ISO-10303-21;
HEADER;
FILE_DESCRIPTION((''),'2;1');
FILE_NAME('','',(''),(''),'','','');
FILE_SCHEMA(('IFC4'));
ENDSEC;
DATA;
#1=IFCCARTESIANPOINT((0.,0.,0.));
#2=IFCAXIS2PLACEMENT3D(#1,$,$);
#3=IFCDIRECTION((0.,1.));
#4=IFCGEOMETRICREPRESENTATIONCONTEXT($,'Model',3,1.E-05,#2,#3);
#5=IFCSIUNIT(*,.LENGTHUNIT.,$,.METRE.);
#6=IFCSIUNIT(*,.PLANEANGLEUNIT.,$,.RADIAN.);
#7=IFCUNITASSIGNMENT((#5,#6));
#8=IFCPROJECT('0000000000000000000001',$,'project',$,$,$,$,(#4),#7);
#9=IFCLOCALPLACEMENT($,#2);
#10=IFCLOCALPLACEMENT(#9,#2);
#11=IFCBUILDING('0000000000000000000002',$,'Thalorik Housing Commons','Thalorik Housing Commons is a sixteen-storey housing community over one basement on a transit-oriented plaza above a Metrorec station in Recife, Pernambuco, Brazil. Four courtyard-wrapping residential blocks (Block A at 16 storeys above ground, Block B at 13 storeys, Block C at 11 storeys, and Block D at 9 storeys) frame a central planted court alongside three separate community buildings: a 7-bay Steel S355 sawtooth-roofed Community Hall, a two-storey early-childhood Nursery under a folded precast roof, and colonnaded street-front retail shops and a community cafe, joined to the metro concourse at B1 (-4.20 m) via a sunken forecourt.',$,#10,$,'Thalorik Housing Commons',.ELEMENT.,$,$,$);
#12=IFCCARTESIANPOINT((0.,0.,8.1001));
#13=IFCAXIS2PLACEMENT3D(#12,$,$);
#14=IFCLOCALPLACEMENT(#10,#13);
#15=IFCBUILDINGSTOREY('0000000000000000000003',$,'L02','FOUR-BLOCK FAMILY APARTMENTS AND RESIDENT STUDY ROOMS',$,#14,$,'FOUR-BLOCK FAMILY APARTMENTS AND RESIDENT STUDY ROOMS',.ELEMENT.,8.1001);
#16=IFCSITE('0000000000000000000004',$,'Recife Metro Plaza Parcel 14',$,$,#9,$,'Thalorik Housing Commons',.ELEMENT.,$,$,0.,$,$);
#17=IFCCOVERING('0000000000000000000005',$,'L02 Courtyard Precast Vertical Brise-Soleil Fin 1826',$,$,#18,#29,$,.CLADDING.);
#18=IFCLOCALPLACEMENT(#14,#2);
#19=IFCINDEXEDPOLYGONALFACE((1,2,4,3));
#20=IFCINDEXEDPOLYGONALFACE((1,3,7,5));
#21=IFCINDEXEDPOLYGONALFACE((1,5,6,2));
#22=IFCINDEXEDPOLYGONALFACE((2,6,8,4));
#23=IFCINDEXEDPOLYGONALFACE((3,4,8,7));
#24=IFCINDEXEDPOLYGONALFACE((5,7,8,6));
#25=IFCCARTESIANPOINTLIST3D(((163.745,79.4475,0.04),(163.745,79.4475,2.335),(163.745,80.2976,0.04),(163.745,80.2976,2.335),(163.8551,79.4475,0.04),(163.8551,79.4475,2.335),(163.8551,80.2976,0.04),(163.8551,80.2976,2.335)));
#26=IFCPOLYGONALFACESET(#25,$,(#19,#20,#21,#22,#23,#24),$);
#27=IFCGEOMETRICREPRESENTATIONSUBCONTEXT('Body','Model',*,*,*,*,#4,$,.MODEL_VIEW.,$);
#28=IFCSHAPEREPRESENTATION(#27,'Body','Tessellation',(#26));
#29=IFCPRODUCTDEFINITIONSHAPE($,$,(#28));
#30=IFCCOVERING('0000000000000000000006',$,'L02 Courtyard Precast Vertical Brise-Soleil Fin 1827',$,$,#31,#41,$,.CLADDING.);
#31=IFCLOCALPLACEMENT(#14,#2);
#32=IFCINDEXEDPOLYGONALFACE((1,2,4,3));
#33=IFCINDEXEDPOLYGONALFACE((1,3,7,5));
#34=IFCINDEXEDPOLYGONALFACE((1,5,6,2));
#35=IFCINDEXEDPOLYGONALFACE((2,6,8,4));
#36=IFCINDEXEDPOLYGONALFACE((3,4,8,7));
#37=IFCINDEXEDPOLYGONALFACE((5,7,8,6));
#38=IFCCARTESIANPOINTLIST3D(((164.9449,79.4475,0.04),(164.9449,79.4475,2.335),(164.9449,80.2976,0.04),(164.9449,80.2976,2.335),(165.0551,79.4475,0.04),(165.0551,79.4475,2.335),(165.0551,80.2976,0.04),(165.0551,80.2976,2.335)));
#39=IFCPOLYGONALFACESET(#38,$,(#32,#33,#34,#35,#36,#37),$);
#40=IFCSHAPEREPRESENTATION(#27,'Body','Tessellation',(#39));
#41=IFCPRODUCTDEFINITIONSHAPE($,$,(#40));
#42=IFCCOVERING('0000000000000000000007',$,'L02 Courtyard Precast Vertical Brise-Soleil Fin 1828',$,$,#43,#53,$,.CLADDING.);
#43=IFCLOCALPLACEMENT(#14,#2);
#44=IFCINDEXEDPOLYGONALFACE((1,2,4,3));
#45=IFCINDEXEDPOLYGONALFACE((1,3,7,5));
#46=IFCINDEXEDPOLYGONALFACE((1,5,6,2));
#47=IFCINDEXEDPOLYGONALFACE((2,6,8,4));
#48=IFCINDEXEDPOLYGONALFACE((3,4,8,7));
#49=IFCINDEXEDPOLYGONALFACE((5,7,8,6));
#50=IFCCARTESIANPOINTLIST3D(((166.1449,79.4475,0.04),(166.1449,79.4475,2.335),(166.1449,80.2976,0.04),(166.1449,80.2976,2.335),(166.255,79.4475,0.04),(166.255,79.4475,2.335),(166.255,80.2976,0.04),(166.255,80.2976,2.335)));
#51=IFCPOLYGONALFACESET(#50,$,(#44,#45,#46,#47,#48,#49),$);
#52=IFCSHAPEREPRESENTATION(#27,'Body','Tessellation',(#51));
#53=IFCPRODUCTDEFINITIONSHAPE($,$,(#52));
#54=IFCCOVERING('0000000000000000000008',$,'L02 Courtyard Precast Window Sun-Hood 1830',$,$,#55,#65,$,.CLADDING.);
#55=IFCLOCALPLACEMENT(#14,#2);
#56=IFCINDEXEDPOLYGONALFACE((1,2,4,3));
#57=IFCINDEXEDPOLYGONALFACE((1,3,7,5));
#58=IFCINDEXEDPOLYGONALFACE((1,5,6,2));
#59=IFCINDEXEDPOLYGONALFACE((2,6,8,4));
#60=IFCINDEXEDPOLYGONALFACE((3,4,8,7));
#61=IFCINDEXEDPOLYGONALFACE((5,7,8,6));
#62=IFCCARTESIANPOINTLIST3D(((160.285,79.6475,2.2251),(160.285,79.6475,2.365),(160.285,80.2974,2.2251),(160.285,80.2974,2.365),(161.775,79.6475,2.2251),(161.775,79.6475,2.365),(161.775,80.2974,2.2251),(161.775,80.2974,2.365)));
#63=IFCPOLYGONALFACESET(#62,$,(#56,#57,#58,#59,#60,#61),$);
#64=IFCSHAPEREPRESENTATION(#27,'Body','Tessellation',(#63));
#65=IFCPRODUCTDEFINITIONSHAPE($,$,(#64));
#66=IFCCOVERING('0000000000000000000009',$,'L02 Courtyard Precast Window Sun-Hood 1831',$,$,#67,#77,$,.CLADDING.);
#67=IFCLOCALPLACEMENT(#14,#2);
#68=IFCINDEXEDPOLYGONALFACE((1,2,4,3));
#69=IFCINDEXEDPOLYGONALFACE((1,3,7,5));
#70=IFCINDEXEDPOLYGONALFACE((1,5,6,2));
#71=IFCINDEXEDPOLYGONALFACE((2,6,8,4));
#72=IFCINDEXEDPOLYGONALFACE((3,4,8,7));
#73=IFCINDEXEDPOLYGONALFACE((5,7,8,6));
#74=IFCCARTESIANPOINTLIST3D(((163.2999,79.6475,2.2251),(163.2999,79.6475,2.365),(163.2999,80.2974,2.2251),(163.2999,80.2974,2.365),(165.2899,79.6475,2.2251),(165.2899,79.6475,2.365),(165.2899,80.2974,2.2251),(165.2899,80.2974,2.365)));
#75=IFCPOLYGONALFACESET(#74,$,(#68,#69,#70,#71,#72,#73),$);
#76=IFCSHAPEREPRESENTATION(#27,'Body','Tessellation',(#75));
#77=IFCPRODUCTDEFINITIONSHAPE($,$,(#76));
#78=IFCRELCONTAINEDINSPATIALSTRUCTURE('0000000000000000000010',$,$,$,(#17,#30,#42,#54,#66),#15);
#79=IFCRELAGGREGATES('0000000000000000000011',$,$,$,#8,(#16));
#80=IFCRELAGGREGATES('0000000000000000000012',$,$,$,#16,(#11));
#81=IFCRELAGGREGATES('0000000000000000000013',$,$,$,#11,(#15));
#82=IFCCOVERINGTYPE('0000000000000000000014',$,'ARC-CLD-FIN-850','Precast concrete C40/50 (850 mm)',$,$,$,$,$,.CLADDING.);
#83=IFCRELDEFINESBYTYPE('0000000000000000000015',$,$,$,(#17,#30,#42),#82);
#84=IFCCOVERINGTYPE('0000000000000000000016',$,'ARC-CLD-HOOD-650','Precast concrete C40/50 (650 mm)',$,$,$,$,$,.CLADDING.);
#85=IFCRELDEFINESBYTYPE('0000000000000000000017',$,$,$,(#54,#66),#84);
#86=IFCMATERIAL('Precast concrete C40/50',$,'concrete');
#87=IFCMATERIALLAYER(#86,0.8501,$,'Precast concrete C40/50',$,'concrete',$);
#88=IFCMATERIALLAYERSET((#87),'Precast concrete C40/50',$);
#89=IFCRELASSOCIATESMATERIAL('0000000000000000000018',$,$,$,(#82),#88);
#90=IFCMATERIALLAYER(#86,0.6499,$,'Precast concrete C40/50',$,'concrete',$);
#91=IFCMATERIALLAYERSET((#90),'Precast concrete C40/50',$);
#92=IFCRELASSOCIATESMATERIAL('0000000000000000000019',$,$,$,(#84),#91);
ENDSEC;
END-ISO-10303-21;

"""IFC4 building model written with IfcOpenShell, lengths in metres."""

from ifc_helpers import new_model, si_unit, direction, frame, origin, origin_2d, place, context, subcontext, project, spatial, rectangle, extrude, material, layer, layer_set, type_object, element, save


model = new_model("IFC4")

# Units and contexts
model_context = context("Model", 3, precision=1e-05, world=origin(), true_north=direction((0.0, 1.0)))
body_context = subcontext(model_context, "Body", "Model", "MODEL_VIEW")
ifc_project = project(units=[si_unit("LENGTHUNIT", "METRE"), si_unit("PLANEANGLEUNIT", "RADIAN")], contexts=[model_context])

# Site, building, storey
site_placement = place(None, origin())
site = spatial("IfcSite", under=ifc_project, at=site_placement, Name="Recife Metro Plaza Parcel 14", LongName="Thalorik Housing Commons", CompositionType="ELEMENT", RefElevation=0.0)
building_placement = place(site_placement, origin())
building = spatial("IfcBuilding", under=site, at=building_placement, Name="Thalorik Housing Commons", Description="Thalorik Housing Commons is a sixteen-storey housing community over one basement on a transit-oriented plaza above a Metrorec station in Recife, Pernambuco, Brazil. Four courtyard-wrapping residential blocks (Block A at 16 storeys above ground, Block B at 13 storeys, Block C at 11 storeys, and Block D at 9 storeys) frame a central planted court alongside three separate community buildings: a 7-bay Steel S355 sawtooth-roofed Community Hall, a two-storey early-childhood Nursery under a folded precast roof, and colonnaded street-front retail shops and a community cafe, joined to the metro concourse at B1 (-4.20 m) via a sunken forecourt.", LongName="Thalorik Housing Commons", CompositionType="ELEMENT")
storey_placement = place(building_placement, frame((0.0, 0.0, 8.1001)))
storey = spatial("IfcBuildingStorey", under=building, at=storey_placement, Name="L02", Description="FOUR-BLOCK FAMILY APARTMENTS AND RESIDENT STUDY ROOMS", LongName="FOUR-BLOCK FAMILY APARTMENTS AND RESIDENT STUDY ROOMS", CompositionType="ELEMENT", Elevation=8.1001)

# Shared definitions
ifc_material_1 = material(Name="Precast concrete C40/50", Category="concrete")

# Coverings
ifc_layer_1 = layer(ifc_material_1, 0.8501, Name="Precast concrete C40/50", Category="concrete")
ifc_layer_set_1 = layer_set([ifc_layer_1], Name="Precast concrete C40/50")
covering_type_1 = type_object("IfcCoveringType", Name="ARC-CLD-FIN-850", Description="Precast concrete C40/50 (850 mm)", PredefinedType="CLADDING", material=ifc_layer_set_1)
for number, where, z_axis, x_axis, name in (
    (1, (163.8, 79.8726, 0.04), (0.0, 0.0, 1.0), (1.0, 0.0, 0.0), "L02 Courtyard Precast Vertical Brise-Soleil Fin 1826"),
    (2, (165.0, 79.8726, 0.04), (0.0, 0.0, 1.0), (1.0, 0.0, 0.0), "L02 Courtyard Precast Vertical Brise-Soleil Fin 1827"),
    (3, (166.2, 79.8726, 0.04), (0.0, 0.0, 1.0), (1.0, 0.0, 0.0), "L02 Courtyard Precast Vertical Brise-Soleil Fin 1828"),
):
    element("IfcCovering", number, at=place(storey_placement, frame(where, z_axis=z_axis, x_axis=x_axis)), inside=storey, type_object=covering_type_1, Name=name, PredefinedType="CLADDING", context=body_context, shape_type="SweptSolid", body=[
        extrude(rectangle(XDim=0.1101, YDim=0.8501, at=origin_2d()), origin(), (0.0, 0.0, 1.0), 2.2949),
    ])
ifc_layer_2 = layer(ifc_material_1, 0.6499, Name="Precast concrete C40/50", Category="concrete")
ifc_layer_set_2 = layer_set([ifc_layer_2], Name="Precast concrete C40/50")
covering_type_2 = type_object("IfcCoveringType", Name="ARC-CLD-HOOD-650", Description="Precast concrete C40/50 (650 mm)", PredefinedType="CLADDING", material=ifc_layer_set_2)
covering_1_placement = place(storey_placement, frame((161.03, 79.9724, 2.2251), z_axis=(0.0, 0.0, 1.0), x_axis=(1.0, 0.0, 0.0)))
element("IfcCovering", 4, at=covering_1_placement, inside=storey, type_object=covering_type_2, Name="L02 Courtyard Precast Window Sun-Hood 1830", PredefinedType="CLADDING", context=body_context, shape_type="SweptSolid", body=[
    extrude(rectangle(XDim=1.49, YDim=0.6499, at=origin_2d()), origin(), (0.0, 0.0, 1.0), 0.1399),
])
covering_2_placement = place(storey_placement, frame((164.2949, 79.9724, 2.2251), z_axis=(0.0, 0.0, 1.0), x_axis=(1.0, 0.0, 0.0)))
element("IfcCovering", 5, at=covering_2_placement, inside=storey, type_object=covering_type_2, Name="L02 Courtyard Precast Window Sun-Hood 1831", PredefinedType="CLADDING", context=body_context, shape_type="SweptSolid", body=[
    extrude(rectangle(XDim=1.99, YDim=0.6499, at=origin_2d()), origin(), (0.0, 0.0, 1.0), 0.1399),
])

save(model, "model.ifc")
